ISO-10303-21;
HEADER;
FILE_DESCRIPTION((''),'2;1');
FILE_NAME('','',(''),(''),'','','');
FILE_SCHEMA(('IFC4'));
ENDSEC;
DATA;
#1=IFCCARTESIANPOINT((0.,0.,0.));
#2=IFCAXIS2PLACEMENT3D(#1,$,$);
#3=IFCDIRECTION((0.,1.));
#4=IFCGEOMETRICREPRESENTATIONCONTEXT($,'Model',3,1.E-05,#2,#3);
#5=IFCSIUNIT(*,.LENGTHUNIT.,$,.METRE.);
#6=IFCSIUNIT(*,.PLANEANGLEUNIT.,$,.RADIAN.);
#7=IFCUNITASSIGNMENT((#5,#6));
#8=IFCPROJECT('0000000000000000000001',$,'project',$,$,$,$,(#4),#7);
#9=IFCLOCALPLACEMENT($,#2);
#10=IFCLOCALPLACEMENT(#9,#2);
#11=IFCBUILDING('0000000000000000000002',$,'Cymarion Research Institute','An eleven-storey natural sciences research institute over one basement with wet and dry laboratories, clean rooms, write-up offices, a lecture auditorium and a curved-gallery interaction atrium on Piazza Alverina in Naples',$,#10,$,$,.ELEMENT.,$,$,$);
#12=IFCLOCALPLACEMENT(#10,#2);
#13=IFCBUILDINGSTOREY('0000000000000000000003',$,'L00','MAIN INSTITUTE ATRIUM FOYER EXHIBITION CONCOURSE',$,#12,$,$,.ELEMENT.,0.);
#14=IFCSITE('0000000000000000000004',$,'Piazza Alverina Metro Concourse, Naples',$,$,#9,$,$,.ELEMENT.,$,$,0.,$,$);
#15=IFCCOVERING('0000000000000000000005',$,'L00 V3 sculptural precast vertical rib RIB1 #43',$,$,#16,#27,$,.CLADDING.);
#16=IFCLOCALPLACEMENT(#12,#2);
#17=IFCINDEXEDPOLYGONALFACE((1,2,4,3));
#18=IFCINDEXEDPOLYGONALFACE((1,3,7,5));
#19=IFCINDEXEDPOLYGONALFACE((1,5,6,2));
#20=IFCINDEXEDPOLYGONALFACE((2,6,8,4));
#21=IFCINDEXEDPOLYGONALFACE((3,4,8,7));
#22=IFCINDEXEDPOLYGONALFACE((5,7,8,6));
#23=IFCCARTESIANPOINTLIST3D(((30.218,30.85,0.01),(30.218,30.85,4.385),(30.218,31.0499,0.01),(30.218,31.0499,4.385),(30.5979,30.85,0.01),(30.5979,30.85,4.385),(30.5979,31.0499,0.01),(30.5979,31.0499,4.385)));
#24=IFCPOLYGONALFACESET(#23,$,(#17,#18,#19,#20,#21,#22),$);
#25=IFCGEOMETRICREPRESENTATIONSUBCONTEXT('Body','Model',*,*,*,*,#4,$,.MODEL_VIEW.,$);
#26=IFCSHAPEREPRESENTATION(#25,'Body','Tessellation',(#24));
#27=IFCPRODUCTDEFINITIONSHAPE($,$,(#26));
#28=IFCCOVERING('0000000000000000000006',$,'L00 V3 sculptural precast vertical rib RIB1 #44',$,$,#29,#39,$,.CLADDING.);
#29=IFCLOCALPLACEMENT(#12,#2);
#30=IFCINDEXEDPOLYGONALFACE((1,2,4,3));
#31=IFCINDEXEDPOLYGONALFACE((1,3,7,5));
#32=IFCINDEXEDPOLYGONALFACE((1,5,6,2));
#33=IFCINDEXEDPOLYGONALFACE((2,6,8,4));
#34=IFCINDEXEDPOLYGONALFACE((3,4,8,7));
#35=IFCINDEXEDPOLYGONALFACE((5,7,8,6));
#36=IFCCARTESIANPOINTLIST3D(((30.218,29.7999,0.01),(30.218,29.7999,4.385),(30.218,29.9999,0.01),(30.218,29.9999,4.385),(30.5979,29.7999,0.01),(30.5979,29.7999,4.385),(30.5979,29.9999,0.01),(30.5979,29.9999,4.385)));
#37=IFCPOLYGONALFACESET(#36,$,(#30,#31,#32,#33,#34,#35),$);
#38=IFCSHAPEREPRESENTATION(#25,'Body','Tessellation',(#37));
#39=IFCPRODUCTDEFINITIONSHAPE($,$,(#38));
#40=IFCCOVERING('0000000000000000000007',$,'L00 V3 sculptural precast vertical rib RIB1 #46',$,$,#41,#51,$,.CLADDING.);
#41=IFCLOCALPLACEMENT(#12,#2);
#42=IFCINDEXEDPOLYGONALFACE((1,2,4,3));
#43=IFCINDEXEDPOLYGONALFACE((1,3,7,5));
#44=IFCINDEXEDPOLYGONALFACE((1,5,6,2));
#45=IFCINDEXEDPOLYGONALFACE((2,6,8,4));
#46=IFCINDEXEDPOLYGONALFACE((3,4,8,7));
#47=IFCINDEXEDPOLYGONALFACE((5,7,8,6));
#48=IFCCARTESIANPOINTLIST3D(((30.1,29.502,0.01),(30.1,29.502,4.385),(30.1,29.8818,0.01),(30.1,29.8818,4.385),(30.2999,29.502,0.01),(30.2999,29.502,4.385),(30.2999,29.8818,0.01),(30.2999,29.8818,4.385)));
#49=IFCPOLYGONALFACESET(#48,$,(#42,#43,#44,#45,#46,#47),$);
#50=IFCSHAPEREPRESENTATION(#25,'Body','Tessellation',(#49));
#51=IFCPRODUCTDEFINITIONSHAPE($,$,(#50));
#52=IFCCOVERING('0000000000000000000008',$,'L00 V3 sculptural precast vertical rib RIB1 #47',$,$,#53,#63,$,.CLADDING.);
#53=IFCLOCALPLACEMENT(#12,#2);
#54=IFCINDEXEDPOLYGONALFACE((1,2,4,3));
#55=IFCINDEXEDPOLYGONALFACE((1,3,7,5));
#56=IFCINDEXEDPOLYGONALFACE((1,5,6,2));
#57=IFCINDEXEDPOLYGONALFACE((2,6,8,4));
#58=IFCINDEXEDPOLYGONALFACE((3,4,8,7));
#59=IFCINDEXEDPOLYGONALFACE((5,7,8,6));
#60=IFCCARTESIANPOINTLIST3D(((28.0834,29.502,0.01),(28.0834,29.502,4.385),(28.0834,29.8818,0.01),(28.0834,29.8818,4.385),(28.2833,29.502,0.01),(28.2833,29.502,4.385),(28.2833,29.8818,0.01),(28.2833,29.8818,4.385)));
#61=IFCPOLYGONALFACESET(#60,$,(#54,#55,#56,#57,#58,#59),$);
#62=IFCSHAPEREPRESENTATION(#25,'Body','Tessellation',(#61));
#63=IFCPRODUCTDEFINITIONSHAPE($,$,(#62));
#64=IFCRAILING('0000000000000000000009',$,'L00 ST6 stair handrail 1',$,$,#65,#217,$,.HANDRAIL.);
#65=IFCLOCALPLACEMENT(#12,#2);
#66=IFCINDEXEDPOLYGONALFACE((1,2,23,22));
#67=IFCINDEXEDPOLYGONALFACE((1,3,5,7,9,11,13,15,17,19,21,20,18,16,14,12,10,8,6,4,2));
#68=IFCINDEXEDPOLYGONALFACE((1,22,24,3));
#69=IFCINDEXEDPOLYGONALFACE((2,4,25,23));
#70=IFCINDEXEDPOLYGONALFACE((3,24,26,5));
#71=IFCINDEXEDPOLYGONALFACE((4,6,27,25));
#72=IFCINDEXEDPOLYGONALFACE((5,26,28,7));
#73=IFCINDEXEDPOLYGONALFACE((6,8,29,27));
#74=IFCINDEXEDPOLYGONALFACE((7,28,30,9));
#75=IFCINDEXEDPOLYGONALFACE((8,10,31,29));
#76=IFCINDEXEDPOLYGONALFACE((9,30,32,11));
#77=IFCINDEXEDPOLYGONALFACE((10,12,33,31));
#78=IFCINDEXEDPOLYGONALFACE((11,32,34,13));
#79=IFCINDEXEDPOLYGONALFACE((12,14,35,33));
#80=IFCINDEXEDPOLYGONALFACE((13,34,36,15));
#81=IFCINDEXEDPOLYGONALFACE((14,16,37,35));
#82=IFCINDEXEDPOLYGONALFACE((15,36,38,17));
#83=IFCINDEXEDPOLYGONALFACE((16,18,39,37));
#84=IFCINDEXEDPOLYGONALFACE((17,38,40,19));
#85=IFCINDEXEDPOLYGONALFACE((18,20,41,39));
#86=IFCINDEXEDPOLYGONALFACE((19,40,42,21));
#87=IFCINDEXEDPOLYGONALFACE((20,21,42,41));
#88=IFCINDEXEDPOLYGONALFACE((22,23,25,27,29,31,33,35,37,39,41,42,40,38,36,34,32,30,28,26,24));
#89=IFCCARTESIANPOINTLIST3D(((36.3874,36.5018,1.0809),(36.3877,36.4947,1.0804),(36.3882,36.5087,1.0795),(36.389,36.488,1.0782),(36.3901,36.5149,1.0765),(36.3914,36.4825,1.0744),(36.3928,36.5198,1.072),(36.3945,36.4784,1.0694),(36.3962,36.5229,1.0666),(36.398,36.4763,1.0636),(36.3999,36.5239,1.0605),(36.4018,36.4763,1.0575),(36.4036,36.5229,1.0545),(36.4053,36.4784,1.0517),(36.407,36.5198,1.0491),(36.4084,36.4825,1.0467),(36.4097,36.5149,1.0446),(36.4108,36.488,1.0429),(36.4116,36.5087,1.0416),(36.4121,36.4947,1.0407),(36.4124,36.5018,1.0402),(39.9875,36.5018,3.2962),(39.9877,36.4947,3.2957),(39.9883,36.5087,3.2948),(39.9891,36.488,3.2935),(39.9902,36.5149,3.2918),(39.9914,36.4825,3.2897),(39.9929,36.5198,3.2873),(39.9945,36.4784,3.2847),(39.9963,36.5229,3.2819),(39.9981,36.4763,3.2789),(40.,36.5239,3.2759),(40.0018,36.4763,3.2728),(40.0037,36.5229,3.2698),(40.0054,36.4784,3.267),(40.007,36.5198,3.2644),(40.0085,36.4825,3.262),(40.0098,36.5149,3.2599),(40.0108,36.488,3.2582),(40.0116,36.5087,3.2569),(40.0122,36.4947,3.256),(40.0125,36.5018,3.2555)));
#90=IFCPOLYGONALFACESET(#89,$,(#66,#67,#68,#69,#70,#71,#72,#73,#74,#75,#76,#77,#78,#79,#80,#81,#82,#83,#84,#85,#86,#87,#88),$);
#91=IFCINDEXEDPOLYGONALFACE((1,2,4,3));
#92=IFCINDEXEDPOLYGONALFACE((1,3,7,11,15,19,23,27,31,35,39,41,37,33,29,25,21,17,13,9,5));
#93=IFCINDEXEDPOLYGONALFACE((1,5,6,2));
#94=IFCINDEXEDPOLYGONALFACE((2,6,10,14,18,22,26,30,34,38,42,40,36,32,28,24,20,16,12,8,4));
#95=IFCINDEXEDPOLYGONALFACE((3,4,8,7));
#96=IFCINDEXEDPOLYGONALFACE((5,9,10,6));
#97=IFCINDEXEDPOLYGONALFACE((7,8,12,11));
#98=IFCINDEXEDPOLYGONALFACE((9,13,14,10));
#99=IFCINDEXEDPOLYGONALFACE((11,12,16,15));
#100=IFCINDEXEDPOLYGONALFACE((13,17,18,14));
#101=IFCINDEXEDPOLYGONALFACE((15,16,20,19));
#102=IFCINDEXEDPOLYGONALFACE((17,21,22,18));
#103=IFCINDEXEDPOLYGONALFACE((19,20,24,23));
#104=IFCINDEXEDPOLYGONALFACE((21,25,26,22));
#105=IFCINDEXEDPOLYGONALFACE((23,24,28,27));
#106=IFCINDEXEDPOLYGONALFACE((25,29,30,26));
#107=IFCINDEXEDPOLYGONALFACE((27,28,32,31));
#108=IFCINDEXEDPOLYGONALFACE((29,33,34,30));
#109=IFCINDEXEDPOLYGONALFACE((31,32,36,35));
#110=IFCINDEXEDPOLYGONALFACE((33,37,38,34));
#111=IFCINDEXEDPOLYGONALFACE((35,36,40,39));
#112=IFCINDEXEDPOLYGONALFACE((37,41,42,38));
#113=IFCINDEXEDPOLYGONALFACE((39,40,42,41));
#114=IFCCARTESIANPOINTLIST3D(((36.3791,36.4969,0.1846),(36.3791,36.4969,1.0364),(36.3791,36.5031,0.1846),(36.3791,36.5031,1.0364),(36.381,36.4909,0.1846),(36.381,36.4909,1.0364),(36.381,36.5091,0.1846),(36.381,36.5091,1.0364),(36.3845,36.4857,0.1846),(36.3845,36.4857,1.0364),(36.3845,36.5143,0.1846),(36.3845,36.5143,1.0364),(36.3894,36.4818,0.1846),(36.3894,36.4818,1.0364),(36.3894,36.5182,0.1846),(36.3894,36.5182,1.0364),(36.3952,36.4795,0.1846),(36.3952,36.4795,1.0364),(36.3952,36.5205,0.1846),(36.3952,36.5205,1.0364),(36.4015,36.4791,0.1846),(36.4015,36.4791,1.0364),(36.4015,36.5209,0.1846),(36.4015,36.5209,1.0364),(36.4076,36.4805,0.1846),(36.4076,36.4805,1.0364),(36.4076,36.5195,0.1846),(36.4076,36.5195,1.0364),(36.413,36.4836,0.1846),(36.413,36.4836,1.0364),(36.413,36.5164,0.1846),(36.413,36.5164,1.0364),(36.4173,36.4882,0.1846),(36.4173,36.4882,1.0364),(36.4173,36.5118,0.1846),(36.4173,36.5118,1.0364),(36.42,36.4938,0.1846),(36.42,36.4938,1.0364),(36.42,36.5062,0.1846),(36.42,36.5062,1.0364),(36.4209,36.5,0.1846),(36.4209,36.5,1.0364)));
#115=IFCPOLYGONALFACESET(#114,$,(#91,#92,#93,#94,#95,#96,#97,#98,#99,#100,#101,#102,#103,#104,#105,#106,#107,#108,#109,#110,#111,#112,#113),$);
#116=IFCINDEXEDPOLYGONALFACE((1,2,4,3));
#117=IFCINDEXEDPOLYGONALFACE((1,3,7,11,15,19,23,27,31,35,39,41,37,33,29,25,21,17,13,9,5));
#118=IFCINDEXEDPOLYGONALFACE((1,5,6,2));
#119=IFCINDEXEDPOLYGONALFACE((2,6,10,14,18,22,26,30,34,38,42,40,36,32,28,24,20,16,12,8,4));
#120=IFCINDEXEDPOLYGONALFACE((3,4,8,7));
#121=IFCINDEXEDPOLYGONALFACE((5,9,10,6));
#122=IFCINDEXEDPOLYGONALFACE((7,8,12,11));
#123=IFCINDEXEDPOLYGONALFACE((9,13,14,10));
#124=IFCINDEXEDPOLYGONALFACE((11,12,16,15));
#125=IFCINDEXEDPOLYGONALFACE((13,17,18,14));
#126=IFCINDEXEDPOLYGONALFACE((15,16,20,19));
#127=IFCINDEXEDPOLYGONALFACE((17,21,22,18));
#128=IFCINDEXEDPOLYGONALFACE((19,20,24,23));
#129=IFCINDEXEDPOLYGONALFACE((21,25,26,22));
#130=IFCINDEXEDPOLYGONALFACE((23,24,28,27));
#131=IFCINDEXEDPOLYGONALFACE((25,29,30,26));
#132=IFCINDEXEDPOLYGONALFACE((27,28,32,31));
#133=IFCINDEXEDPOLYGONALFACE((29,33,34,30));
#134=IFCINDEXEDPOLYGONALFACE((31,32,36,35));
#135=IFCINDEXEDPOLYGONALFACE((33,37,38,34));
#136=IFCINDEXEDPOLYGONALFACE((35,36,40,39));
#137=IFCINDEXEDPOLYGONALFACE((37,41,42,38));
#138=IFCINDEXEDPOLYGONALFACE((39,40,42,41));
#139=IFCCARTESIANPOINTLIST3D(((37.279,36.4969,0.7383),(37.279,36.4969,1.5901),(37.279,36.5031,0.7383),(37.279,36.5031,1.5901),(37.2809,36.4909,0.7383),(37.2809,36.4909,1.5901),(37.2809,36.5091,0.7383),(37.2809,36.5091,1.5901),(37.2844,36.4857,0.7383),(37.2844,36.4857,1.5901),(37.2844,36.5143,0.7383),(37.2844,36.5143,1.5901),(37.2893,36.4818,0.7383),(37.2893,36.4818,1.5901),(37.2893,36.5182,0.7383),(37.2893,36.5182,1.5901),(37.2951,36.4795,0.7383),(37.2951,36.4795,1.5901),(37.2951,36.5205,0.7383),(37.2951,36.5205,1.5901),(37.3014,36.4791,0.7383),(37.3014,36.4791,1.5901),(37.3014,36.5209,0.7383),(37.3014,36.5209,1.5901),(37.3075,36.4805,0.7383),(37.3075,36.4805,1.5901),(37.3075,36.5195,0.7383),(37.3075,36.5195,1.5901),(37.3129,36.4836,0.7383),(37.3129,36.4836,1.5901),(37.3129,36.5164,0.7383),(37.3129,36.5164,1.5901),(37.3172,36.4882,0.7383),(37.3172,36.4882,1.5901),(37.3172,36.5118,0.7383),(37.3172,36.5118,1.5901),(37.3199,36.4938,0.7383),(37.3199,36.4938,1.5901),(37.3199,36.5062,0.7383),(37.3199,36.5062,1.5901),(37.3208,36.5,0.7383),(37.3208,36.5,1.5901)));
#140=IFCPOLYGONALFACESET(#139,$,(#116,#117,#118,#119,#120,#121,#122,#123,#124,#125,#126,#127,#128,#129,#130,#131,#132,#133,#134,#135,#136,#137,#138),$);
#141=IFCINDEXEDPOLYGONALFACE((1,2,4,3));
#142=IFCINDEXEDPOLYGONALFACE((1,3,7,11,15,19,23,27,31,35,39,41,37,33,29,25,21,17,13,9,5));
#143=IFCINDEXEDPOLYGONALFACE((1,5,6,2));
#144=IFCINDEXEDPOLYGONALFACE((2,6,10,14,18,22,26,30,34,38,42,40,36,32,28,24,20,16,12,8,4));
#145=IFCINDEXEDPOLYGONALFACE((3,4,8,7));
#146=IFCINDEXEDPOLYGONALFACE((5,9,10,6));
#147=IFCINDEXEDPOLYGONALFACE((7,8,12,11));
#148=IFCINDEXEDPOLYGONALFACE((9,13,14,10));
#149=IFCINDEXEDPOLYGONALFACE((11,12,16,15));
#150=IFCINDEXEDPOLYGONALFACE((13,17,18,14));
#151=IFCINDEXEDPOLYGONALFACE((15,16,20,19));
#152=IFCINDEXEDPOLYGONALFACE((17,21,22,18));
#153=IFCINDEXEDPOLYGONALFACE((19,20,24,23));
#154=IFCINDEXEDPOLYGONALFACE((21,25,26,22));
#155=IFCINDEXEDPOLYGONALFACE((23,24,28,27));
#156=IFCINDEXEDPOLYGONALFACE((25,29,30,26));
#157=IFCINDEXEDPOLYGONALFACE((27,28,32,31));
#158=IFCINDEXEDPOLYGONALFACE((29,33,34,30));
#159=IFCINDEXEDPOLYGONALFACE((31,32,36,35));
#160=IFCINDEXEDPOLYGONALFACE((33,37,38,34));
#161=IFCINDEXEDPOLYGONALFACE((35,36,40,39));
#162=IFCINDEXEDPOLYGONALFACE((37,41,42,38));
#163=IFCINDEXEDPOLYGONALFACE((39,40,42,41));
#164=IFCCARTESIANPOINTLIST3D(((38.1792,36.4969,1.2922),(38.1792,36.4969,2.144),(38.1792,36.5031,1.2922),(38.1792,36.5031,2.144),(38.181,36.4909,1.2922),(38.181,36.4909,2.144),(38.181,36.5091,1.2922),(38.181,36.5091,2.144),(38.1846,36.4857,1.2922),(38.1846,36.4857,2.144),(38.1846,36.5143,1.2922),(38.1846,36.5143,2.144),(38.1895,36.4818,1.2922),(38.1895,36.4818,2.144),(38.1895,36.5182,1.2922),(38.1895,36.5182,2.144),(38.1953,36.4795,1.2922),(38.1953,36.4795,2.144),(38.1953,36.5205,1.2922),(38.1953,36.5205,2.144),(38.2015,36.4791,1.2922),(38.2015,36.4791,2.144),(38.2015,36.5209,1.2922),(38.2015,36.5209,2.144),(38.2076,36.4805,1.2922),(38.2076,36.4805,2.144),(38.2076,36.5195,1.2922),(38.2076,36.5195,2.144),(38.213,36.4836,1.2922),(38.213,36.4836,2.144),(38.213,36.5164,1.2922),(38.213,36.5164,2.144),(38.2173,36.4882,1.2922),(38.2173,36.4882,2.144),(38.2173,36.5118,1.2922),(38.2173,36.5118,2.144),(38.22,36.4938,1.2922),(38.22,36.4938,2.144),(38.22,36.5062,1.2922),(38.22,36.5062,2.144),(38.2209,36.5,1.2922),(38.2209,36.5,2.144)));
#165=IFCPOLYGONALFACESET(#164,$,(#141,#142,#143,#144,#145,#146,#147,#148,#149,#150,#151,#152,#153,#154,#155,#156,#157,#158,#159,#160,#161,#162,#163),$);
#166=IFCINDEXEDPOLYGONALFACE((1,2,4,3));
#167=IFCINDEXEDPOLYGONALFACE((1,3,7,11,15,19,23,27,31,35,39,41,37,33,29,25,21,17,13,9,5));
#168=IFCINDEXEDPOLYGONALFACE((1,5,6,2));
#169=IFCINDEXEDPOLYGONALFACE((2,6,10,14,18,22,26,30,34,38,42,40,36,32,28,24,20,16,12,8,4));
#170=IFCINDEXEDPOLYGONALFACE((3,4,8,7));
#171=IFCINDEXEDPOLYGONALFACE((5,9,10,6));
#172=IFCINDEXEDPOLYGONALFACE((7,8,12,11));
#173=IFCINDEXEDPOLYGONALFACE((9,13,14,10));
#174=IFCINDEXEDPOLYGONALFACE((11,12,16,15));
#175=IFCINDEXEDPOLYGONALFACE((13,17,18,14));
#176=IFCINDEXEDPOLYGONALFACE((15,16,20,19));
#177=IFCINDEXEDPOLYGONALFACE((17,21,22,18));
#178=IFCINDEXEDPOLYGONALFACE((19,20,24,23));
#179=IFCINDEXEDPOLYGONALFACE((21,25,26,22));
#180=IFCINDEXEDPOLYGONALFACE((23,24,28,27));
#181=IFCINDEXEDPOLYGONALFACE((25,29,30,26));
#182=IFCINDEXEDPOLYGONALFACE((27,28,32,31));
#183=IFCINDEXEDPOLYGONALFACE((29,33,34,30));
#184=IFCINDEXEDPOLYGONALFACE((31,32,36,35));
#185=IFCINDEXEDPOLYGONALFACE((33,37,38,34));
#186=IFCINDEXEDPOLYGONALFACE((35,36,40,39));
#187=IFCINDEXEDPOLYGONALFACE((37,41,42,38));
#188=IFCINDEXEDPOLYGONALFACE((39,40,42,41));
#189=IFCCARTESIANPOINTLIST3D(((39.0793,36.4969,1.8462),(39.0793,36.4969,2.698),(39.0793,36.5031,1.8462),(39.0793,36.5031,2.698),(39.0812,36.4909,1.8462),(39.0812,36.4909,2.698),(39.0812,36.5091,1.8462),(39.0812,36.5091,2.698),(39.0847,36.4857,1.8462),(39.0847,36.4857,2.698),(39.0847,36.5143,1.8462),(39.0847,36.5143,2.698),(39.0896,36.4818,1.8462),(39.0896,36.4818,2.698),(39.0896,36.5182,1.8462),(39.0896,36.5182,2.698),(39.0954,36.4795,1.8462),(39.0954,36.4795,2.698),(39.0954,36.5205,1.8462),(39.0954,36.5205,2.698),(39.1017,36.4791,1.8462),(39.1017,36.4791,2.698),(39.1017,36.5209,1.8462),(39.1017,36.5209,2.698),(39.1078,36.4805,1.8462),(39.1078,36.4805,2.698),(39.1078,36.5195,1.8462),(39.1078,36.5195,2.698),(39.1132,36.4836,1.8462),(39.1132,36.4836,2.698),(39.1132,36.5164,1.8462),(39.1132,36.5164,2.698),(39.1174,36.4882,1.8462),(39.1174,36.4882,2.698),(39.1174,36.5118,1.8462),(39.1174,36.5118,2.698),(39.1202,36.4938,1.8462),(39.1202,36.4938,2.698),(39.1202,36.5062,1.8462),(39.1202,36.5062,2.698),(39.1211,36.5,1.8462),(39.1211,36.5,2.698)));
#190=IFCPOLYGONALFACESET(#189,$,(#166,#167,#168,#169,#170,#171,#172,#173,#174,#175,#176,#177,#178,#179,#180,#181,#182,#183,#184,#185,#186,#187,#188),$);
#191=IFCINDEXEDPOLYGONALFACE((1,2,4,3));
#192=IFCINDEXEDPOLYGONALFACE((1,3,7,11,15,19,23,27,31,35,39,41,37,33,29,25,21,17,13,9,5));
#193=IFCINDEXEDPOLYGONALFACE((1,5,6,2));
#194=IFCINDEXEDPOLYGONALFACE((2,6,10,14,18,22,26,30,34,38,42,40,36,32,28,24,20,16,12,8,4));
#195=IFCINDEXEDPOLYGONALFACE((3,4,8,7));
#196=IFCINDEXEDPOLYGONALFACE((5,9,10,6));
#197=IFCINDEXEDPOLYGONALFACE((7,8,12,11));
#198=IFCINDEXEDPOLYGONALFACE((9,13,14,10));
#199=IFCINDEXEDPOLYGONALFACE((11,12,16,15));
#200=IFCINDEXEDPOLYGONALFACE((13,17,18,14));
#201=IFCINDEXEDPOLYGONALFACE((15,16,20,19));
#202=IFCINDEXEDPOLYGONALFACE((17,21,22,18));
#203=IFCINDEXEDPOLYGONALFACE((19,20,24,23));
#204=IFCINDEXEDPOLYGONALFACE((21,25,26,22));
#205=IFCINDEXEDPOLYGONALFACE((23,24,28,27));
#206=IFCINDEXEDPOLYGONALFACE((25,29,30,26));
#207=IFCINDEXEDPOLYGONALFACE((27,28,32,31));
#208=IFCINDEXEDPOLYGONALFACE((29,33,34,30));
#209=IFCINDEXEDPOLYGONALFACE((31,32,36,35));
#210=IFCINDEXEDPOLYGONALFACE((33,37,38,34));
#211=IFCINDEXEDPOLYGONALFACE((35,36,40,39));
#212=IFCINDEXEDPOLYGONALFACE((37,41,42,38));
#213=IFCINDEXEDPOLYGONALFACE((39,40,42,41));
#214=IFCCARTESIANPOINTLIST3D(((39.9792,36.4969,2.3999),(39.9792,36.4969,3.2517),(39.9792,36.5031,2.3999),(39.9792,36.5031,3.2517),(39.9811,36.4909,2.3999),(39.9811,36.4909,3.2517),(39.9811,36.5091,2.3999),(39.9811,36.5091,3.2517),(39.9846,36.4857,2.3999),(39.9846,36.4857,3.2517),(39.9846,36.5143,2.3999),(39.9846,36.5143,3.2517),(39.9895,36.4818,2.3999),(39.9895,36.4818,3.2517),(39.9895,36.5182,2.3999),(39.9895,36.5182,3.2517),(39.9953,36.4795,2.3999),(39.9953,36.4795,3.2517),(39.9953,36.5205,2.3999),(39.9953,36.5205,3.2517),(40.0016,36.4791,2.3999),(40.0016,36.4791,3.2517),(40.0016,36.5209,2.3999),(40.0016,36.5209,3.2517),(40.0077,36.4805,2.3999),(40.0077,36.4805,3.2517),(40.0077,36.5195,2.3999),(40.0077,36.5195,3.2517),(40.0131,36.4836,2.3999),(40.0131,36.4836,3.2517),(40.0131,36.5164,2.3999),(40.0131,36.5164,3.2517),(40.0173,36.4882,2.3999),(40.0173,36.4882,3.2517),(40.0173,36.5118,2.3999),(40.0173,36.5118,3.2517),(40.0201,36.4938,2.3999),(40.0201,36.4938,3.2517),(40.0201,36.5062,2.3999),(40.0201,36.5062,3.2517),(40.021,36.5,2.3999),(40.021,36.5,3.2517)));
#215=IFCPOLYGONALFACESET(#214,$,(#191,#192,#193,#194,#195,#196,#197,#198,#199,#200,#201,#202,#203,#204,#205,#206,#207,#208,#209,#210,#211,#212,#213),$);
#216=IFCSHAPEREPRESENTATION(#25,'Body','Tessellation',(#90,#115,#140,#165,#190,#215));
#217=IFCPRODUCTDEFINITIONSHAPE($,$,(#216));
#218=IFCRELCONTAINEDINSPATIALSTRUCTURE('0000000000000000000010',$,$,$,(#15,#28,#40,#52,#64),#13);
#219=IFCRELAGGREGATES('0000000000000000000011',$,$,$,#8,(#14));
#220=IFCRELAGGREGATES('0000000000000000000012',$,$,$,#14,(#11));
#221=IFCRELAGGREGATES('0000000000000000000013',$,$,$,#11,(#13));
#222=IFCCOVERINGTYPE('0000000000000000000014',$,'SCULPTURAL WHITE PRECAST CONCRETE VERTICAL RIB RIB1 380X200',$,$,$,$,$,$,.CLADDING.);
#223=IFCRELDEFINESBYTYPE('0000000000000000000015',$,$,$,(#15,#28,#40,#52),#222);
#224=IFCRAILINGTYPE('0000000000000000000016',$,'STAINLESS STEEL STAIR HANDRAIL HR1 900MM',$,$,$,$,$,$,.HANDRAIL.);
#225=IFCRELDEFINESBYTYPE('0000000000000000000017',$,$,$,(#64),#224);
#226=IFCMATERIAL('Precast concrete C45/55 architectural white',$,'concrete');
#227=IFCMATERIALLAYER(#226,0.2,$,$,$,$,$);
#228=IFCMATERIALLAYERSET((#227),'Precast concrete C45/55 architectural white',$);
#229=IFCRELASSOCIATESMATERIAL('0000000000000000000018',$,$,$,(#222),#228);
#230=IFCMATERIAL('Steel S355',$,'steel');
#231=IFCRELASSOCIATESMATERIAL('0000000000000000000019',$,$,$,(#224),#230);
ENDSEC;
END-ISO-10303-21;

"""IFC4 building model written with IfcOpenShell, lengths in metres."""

from ifc_helpers import new_model, si_unit, direction, frame, origin, origin_2d, place, context, subcontext, project, spatial, rectangle, circle, extrude, material, layer, layer_set, type_object, element, save


model = new_model("IFC4")

# Units and contexts
model_context = context("Model", 3, precision=1e-05, world=origin(), true_north=direction((0.0, 1.0)))
body_context = subcontext(model_context, "Body", "Model", "MODEL_VIEW")
ifc_project = project(units=[si_unit("LENGTHUNIT", "METRE"), si_unit("PLANEANGLEUNIT", "RADIAN")], contexts=[model_context])

# Site, building, storey
site_placement = place(None, origin())
site = spatial("IfcSite", under=ifc_project, at=site_placement, Name="Piazza Alverina Metro Concourse, Naples", CompositionType="ELEMENT", RefElevation=0.0)
building_placement = place(site_placement, origin())
building = spatial("IfcBuilding", under=site, at=building_placement, Name="Cymarion Research Institute", Description="An eleven-storey natural sciences research institute over one basement with wet and dry laboratories, clean rooms, write-up offices, a lecture auditorium and a curved-gallery interaction atrium on Piazza Alverina in Naples", CompositionType="ELEMENT")
storey_placement = place(building_placement, origin())
storey = spatial("IfcBuildingStorey", under=building, at=storey_placement, Name="L00", Description="MAIN INSTITUTE ATRIUM FOYER EXHIBITION CONCOURSE", CompositionType="ELEMENT", Elevation=0.0)

# Shared definitions
ifc_material_1 = material(Name="Steel S355", Category="steel")

# Coverings
ifc_material_2 = material(Name="Precast concrete C45/55 architectural white", Category="concrete")
ifc_layer_1 = layer(ifc_material_2, 0.2)
ifc_layer_set_1 = layer_set([ifc_layer_1], Name="Precast concrete C45/55 architectural white")
covering_type_1 = type_object("IfcCoveringType", Name="SCULPTURAL WHITE PRECAST CONCRETE VERTICAL RIB RIB1 380X200", PredefinedType="CLADDING", material=ifc_layer_set_1)
for number, where, z_axis, x_axis, name in (
    (1, (30.408, 30.95, 0.01), (0.0, 0.0, 1.0), (-1.0, 0.0, 0.0), "L00 V3 sculptural precast vertical rib RIB1 #43"),
    (2, (30.408, 29.8999, 0.01), (0.0, 0.0, 1.0), (-1.0, 0.0, 0.0), "L00 V3 sculptural precast vertical rib RIB1 #44"),
    (3, (30.2, 29.6919, 0.01), (0.0, 0.0, 1.0), (0.0, 1.0, 0.0), "L00 V3 sculptural precast vertical rib RIB1 #46"),
    (4, (28.1833, 29.6919, 0.01), (0.0, 0.0, 1.0), (0.0, 1.0, 0.0), "L00 V3 sculptural precast vertical rib RIB1 #47"),
):
    element("IfcCovering", number, at=place(storey_placement, frame(where, z_axis=z_axis, x_axis=x_axis)), inside=storey, type_object=covering_type_1, Name=name, PredefinedType="CLADDING", context=body_context, shape_type="SweptSolid", body=[
        extrude(rectangle(XDim=0.3799, YDim=0.2, at=origin_2d()), origin(), (0.0, 0.0, 1.0), 4.375),
    ])

# Railing
railing_type_1 = type_object("IfcRailingType", Name="STAINLESS STEEL STAIR HANDRAIL HR1 900MM", PredefinedType="HANDRAIL", material=ifc_material_1)
railing_1_placement = place(storey_placement, frame((36.3999, 36.5, 0.1846)))
element("IfcRailing", 5, at=railing_1_placement, inside=storey, type_object=railing_type_1, Name="L00 ST6 stair handrail 1", PredefinedType="HANDRAIL", context=body_context, shape_type="SweptSolid", body=[
    extrude(circle(Radius=0.0239, at=origin_2d()), frame((0.0, 0.0, 0.876), z_axis=(0.85167, 0.0, 0.524078), x_axis=(0.0, 1.0, 0.0)), (0.0, 0.0, 1.0), 4.2271),
    extrude(circle(Radius=0.021, at=origin_2d()), origin(), (0.0, 0.0, 1.0), 0.8518),
    extrude(circle(Radius=0.021, at=origin_2d()), frame((0.8999, 0.0, 0.5537)), (0.0, 0.0, 1.0), 0.8518),
    extrude(circle(Radius=0.021, at=origin_2d()), frame((1.8, 0.0, 1.1077)), (0.0, 0.0, 1.0), 0.8518),
    extrude(circle(Radius=0.021, at=origin_2d()), frame((2.7002, 0.0, 1.6616)), (0.0, 0.0, 1.0), 0.8518),
    extrude(circle(Radius=0.021, at=origin_2d()), frame((3.6001, 0.0, 2.2153)), (0.0, 0.0, 1.0), 0.8518),
])

save(model, "model.ifc")
